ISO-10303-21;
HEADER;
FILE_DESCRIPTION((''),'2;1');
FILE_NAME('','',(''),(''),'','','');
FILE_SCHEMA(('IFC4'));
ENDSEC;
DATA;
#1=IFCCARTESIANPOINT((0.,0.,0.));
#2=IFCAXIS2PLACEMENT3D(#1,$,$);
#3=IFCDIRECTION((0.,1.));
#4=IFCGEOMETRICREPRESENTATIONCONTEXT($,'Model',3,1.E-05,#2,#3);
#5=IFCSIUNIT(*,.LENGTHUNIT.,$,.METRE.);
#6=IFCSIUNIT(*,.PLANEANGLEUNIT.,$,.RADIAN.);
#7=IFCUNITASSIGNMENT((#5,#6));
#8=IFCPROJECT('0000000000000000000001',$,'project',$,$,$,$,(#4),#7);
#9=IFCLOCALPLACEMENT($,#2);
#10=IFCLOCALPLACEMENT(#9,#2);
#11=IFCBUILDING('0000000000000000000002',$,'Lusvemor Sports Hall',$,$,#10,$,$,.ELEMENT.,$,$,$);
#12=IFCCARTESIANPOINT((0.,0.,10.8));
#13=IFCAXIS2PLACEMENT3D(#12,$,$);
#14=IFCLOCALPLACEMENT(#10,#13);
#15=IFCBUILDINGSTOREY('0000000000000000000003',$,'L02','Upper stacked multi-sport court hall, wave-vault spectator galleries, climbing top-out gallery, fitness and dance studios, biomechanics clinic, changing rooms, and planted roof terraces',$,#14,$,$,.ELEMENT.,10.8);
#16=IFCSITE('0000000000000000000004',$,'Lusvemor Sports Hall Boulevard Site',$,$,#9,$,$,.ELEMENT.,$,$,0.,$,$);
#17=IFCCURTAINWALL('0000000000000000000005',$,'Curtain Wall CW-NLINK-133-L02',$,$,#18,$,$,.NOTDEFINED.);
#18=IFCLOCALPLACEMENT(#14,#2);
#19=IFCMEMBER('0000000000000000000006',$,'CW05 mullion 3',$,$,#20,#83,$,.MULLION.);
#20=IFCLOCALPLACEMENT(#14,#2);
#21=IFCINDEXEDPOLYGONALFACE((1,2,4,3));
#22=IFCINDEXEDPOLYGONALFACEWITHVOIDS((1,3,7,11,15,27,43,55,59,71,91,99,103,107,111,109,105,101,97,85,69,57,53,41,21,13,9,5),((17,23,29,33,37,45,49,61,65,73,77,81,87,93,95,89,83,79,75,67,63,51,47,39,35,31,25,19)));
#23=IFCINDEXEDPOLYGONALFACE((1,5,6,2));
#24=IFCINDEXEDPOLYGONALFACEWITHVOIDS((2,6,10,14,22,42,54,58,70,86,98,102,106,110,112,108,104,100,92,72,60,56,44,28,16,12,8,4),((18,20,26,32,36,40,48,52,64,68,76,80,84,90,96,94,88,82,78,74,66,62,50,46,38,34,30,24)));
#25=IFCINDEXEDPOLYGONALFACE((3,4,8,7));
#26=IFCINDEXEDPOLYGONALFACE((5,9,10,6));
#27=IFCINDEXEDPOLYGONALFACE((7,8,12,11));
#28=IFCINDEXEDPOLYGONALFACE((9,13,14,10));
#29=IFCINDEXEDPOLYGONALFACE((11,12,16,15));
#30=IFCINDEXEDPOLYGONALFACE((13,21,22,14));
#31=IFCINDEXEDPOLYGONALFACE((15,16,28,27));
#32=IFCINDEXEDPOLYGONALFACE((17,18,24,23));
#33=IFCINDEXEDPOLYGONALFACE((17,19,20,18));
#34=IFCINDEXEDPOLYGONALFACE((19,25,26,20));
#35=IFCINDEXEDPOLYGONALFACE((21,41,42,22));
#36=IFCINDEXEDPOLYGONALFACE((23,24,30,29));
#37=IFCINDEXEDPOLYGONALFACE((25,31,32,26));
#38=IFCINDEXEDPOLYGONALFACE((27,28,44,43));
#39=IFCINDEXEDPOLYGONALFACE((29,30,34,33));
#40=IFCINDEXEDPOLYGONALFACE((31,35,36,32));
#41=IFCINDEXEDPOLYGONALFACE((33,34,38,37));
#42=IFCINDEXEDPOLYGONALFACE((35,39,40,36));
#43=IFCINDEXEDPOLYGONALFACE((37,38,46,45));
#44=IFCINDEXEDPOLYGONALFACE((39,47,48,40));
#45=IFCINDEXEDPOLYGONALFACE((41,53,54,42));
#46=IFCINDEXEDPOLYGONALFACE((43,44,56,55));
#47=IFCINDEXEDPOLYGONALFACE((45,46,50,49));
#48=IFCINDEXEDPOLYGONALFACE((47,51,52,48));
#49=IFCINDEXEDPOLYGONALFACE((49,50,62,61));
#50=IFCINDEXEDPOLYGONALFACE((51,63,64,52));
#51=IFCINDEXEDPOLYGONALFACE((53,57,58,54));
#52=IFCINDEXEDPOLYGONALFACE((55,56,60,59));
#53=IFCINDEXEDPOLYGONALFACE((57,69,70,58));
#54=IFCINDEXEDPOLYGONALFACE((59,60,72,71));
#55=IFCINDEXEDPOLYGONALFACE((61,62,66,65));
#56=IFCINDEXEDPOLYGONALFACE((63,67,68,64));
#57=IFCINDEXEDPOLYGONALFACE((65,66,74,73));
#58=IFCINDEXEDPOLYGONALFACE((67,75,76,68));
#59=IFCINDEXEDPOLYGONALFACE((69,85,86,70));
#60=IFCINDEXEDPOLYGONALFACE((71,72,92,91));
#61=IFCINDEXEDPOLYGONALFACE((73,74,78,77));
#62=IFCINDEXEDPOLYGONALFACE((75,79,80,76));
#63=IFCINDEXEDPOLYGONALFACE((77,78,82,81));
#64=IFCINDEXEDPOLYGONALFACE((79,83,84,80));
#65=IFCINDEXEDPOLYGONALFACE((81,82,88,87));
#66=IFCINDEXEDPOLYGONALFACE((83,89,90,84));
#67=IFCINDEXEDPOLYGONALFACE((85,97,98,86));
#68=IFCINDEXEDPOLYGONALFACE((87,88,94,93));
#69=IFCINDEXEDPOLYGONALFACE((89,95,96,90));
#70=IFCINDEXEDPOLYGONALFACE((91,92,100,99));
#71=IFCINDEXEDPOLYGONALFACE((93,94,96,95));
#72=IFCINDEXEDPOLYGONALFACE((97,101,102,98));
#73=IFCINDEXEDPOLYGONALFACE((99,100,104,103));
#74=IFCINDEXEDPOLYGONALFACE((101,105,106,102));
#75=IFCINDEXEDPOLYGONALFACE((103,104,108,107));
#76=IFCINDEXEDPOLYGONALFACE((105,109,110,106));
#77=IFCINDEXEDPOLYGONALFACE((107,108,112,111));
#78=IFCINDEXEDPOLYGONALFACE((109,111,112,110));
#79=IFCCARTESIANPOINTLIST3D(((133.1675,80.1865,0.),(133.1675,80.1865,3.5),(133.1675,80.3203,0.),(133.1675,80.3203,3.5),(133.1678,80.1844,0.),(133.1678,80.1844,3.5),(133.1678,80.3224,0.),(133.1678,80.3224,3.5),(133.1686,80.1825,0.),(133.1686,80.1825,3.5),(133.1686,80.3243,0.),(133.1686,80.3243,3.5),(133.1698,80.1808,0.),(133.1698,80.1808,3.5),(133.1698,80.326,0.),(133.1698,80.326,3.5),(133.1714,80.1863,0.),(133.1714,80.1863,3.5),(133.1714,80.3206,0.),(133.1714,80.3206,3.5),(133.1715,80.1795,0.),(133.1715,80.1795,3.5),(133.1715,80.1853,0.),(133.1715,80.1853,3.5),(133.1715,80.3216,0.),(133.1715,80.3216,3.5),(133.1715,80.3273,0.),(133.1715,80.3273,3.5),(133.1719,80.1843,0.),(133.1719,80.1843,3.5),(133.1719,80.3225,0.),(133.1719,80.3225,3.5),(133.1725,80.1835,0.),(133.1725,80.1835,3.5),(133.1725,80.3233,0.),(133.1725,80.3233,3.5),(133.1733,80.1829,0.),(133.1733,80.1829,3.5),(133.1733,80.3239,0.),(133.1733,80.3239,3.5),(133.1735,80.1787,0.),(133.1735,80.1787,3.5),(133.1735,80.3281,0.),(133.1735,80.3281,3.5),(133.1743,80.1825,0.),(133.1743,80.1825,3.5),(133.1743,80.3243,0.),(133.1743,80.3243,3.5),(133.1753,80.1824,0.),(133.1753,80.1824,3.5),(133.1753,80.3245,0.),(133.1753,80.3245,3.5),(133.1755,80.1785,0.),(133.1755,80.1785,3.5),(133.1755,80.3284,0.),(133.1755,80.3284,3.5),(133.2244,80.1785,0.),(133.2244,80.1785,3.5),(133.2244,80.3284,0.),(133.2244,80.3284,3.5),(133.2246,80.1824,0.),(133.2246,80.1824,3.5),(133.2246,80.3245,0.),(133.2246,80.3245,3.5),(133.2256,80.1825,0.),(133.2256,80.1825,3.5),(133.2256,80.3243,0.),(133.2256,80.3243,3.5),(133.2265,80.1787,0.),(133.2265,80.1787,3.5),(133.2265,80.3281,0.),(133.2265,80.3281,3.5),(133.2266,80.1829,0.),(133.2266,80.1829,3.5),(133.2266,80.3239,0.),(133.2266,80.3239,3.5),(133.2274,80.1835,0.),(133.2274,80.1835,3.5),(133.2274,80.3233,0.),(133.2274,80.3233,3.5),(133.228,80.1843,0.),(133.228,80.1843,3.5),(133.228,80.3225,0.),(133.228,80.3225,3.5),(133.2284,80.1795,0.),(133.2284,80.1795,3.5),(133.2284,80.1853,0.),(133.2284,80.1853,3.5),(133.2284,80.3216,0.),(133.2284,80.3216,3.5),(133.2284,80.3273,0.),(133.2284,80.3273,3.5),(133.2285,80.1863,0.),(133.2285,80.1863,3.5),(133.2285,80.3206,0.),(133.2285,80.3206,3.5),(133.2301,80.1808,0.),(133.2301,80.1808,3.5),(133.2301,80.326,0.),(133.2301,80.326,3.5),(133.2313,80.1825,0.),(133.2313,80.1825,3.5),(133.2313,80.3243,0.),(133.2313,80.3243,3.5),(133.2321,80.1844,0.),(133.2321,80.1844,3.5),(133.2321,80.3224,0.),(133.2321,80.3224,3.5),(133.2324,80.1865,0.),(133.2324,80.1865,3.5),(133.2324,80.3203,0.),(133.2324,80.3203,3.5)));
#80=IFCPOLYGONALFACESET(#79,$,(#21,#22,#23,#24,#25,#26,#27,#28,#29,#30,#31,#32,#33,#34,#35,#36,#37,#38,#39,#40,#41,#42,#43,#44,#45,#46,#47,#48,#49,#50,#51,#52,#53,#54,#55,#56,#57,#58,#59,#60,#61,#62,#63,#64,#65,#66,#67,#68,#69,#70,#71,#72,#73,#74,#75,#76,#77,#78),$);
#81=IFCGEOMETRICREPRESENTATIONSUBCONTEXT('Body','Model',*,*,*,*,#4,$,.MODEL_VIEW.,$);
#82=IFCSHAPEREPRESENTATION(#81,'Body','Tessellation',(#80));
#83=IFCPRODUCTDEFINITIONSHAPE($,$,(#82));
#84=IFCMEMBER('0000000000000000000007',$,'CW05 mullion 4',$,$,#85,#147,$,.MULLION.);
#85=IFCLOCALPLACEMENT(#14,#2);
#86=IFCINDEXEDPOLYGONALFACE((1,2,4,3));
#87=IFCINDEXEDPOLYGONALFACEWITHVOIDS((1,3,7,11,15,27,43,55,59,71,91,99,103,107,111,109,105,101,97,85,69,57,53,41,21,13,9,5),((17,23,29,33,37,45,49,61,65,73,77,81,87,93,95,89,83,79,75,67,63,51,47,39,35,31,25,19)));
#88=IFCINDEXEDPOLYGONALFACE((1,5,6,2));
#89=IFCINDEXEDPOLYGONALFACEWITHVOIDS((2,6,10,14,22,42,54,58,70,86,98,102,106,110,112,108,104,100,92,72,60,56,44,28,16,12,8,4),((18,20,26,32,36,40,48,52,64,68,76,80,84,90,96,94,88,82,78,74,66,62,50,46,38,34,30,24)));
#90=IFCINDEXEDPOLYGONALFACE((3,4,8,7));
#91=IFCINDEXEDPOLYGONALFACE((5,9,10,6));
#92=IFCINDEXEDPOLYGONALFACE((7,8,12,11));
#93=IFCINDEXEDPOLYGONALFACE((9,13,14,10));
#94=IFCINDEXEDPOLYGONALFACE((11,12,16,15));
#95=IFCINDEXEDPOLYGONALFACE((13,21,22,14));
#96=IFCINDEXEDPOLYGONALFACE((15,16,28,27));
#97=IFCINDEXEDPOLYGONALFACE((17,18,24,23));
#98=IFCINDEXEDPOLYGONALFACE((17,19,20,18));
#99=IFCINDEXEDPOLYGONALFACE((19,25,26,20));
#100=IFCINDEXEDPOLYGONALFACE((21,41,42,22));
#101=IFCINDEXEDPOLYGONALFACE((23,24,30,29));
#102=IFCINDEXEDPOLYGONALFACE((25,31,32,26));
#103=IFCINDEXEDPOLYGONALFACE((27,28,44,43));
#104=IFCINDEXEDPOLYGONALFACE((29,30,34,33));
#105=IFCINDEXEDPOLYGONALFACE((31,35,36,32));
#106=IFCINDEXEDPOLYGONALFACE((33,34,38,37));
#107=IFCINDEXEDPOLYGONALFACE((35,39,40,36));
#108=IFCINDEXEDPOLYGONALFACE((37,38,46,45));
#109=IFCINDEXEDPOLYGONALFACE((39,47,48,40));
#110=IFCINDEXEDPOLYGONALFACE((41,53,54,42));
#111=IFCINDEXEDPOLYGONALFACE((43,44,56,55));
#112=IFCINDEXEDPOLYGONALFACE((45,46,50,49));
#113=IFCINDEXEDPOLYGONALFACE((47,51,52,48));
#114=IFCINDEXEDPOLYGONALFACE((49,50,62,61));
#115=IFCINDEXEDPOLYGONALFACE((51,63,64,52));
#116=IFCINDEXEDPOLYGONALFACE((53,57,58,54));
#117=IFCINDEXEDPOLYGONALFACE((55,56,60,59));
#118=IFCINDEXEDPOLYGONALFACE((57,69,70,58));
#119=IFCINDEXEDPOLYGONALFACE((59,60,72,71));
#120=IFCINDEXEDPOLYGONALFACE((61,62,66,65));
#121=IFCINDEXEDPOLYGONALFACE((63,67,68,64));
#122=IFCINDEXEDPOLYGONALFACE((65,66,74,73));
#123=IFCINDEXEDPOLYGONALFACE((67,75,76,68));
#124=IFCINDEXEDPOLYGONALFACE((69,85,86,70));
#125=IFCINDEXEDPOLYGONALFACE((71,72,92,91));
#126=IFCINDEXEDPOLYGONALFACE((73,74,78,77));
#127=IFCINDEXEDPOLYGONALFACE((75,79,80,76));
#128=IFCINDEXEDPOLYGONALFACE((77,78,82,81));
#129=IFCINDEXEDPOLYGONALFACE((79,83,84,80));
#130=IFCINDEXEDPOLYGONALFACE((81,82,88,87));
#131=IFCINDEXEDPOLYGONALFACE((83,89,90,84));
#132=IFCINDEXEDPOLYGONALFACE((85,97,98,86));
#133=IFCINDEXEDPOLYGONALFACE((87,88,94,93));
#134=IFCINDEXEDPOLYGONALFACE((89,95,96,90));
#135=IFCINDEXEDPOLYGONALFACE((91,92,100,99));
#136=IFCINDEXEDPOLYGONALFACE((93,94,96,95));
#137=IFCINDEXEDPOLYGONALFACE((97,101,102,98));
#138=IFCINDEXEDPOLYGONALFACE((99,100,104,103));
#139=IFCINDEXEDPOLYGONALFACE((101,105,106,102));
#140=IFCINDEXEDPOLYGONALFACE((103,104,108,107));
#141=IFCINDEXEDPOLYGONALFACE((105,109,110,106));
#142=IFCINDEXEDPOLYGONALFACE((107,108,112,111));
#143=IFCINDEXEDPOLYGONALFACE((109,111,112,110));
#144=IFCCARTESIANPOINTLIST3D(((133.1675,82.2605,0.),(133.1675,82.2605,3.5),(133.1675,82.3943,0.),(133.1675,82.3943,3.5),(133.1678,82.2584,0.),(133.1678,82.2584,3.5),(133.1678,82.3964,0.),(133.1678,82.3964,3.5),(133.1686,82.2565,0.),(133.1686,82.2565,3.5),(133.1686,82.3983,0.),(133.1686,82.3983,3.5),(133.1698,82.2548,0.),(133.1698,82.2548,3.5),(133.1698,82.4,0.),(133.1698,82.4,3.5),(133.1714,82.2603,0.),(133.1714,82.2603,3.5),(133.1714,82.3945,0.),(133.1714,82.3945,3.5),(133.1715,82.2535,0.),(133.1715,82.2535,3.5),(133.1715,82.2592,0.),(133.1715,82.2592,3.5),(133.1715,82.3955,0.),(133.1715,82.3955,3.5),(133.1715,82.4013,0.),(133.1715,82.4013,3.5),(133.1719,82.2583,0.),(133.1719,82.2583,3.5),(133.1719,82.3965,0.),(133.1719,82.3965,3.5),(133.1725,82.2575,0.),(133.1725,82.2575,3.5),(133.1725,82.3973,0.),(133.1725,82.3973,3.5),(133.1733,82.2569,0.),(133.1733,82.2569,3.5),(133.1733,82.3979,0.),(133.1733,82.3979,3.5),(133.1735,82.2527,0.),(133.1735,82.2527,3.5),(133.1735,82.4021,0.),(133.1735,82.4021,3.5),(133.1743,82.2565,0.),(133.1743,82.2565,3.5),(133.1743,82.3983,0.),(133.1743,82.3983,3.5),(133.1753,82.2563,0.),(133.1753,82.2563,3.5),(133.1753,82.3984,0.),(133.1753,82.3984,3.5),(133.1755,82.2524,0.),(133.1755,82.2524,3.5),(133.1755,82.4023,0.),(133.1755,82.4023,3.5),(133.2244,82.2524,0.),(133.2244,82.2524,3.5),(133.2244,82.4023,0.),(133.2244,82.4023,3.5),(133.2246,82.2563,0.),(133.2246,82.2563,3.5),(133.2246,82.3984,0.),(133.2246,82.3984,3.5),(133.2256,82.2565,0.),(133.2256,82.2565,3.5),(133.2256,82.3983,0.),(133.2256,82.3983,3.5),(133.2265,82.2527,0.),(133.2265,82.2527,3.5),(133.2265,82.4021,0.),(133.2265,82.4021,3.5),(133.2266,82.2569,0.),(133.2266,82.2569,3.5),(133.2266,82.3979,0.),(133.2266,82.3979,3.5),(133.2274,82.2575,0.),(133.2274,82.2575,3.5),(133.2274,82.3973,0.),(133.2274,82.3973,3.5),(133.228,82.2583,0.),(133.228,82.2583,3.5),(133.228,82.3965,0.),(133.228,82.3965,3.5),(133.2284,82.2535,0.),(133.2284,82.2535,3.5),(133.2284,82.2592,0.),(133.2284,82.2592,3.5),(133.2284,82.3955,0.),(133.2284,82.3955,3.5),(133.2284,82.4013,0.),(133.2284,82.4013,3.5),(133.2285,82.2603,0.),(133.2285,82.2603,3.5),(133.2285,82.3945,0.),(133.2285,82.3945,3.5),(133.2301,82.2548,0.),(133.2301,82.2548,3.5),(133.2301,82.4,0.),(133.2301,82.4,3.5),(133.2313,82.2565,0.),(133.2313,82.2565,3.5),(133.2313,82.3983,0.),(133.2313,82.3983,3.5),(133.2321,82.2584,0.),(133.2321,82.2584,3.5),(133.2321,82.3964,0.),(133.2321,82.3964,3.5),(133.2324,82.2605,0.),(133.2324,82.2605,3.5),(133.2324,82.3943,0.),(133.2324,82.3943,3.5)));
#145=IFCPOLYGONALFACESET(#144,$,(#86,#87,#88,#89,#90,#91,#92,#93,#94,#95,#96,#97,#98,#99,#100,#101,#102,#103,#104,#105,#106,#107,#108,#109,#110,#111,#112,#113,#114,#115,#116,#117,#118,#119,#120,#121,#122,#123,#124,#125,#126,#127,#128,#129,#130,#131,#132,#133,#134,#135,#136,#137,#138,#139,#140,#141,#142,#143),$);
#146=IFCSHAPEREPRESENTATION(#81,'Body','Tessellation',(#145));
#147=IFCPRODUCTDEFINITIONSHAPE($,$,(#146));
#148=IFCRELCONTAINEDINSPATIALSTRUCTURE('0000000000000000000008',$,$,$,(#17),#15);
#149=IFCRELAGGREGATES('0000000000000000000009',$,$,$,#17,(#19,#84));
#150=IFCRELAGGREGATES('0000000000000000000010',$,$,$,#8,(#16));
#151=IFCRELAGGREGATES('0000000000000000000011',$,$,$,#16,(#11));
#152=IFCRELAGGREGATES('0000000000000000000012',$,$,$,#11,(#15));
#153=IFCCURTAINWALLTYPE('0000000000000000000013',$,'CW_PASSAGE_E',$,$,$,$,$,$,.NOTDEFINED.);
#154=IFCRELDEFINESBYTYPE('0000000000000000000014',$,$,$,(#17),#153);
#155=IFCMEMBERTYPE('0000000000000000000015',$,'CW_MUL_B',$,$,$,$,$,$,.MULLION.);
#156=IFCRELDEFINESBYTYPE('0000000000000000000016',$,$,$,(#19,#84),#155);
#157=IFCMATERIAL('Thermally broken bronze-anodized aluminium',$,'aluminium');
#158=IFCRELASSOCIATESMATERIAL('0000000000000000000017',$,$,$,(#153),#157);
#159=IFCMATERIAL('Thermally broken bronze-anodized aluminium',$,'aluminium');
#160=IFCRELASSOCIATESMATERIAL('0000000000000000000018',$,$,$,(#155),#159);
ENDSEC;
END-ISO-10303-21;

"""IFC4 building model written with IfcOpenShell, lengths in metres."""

from ifc_helpers import new_model, si_unit, direction, frame, origin, origin_2d, place, context, subcontext, project, spatial, hollow_rectangle, extrude, material, material_profile, profile_set, type_object, element, aggregate, save


model = new_model("IFC4")

# Units and contexts
model_context = context("Model", 3, precision=1e-05, world=origin(), true_north=direction((0.0, 1.0)))
body_context = subcontext(model_context, "Body", "Model", "MODEL_VIEW")
ifc_project = project(units=[si_unit("LENGTHUNIT", "METRE"), si_unit("PLANEANGLEUNIT", "RADIAN")], contexts=[model_context])

# Site, building, storey
site_placement = place(None, origin())
site = spatial("IfcSite", under=ifc_project, at=site_placement, Name="Lusvemor Sports Hall Boulevard Site", CompositionType="ELEMENT", RefElevation=0.0)
building_placement = place(site_placement, origin())
building = spatial("IfcBuilding", under=site, at=building_placement, Name="Lusvemor Sports Hall", CompositionType="ELEMENT")
storey_placement = place(building_placement, frame((0.0, 0.0, 10.8)))
storey = spatial("IfcBuildingStorey", under=building, at=storey_placement, Name="L02", Description="Upper stacked multi-sport court hall, wave-vault spectator galleries, climbing top-out gallery, fitness and dance studios, biomechanics clinic, changing rooms, and planted roof terraces", CompositionType="ELEMENT", Elevation=10.8)

# Curtain wall, members
ifc_material_1 = material(Name="Thermally broken bronze-anodized aluminium", Category="aluminium")
curtain_wall_type_1 = type_object("IfcCurtainWallType", Name="CW_PASSAGE_E", PredefinedType="NOTDEFINED", material=ifc_material_1)
curtain_wall_1_placement = place(storey_placement, origin())
curtain_wall_1 = element("IfcCurtainWall", 1, at=curtain_wall_1_placement, inside=storey, type_object=curtain_wall_type_1, Name="Curtain Wall CW-NLINK-133-L02", PredefinedType="NOTDEFINED")
ifc_material_2 = material(Name="Thermally broken bronze-anodized aluminium", Category="aluminium")
ifc_material_profile_1 = material_profile(ifc_material_2, hollow_rectangle(XDim=0.0649, YDim=0.1499, WallThickness=0.0039, InnerFilletRadius=0.0039, OuterFilletRadius=0.0081, at=origin_2d()), Name="CWMUL150x65x4")
ifc_profile_set_1 = profile_set([ifc_material_profile_1], Name="Thermally broken bronze-anodized aluminium")
member_type_1 = type_object("IfcMemberType", Name="CW_MUL_B", PredefinedType="MULLION", material=ifc_profile_set_1)
member_1_placement = place(storey_placement, frame((133.2, 80.2534, 0.0), z_axis=(0.0, 0.0, 1.0), x_axis=(-1.0, 0.0, 0.0)))
member_1 = element("IfcMember", 2, at=member_1_placement, type_object=member_type_1, Name="CW05 mullion 3", PredefinedType="MULLION", context=body_context, shape_type="SweptSolid", body=[
    extrude(hollow_rectangle(XDim=0.0649, YDim=0.1499, WallThickness=0.0039, InnerFilletRadius=0.0039, OuterFilletRadius=0.0081, at=origin_2d()), origin(), (0.0, 0.0, 1.0), 3.5),
])
member_2_placement = place(storey_placement, frame((133.2, 82.3274, 0.0), z_axis=(0.0, 0.0, 1.0), x_axis=(-1.0, 0.0, 0.0)))
member_2 = element("IfcMember", 3, at=member_2_placement, type_object=member_type_1, Name="CW05 mullion 4", PredefinedType="MULLION", context=body_context, shape_type="SweptSolid", body=[
    extrude(hollow_rectangle(XDim=0.0649, YDim=0.1499, WallThickness=0.0039, InnerFilletRadius=0.0039, OuterFilletRadius=0.0081, at=origin_2d()), origin(), (0.0, 0.0, 1.0), 3.5),
])

aggregate(curtain_wall_1, [member_1, member_2])

save(model, "model.ifc")
